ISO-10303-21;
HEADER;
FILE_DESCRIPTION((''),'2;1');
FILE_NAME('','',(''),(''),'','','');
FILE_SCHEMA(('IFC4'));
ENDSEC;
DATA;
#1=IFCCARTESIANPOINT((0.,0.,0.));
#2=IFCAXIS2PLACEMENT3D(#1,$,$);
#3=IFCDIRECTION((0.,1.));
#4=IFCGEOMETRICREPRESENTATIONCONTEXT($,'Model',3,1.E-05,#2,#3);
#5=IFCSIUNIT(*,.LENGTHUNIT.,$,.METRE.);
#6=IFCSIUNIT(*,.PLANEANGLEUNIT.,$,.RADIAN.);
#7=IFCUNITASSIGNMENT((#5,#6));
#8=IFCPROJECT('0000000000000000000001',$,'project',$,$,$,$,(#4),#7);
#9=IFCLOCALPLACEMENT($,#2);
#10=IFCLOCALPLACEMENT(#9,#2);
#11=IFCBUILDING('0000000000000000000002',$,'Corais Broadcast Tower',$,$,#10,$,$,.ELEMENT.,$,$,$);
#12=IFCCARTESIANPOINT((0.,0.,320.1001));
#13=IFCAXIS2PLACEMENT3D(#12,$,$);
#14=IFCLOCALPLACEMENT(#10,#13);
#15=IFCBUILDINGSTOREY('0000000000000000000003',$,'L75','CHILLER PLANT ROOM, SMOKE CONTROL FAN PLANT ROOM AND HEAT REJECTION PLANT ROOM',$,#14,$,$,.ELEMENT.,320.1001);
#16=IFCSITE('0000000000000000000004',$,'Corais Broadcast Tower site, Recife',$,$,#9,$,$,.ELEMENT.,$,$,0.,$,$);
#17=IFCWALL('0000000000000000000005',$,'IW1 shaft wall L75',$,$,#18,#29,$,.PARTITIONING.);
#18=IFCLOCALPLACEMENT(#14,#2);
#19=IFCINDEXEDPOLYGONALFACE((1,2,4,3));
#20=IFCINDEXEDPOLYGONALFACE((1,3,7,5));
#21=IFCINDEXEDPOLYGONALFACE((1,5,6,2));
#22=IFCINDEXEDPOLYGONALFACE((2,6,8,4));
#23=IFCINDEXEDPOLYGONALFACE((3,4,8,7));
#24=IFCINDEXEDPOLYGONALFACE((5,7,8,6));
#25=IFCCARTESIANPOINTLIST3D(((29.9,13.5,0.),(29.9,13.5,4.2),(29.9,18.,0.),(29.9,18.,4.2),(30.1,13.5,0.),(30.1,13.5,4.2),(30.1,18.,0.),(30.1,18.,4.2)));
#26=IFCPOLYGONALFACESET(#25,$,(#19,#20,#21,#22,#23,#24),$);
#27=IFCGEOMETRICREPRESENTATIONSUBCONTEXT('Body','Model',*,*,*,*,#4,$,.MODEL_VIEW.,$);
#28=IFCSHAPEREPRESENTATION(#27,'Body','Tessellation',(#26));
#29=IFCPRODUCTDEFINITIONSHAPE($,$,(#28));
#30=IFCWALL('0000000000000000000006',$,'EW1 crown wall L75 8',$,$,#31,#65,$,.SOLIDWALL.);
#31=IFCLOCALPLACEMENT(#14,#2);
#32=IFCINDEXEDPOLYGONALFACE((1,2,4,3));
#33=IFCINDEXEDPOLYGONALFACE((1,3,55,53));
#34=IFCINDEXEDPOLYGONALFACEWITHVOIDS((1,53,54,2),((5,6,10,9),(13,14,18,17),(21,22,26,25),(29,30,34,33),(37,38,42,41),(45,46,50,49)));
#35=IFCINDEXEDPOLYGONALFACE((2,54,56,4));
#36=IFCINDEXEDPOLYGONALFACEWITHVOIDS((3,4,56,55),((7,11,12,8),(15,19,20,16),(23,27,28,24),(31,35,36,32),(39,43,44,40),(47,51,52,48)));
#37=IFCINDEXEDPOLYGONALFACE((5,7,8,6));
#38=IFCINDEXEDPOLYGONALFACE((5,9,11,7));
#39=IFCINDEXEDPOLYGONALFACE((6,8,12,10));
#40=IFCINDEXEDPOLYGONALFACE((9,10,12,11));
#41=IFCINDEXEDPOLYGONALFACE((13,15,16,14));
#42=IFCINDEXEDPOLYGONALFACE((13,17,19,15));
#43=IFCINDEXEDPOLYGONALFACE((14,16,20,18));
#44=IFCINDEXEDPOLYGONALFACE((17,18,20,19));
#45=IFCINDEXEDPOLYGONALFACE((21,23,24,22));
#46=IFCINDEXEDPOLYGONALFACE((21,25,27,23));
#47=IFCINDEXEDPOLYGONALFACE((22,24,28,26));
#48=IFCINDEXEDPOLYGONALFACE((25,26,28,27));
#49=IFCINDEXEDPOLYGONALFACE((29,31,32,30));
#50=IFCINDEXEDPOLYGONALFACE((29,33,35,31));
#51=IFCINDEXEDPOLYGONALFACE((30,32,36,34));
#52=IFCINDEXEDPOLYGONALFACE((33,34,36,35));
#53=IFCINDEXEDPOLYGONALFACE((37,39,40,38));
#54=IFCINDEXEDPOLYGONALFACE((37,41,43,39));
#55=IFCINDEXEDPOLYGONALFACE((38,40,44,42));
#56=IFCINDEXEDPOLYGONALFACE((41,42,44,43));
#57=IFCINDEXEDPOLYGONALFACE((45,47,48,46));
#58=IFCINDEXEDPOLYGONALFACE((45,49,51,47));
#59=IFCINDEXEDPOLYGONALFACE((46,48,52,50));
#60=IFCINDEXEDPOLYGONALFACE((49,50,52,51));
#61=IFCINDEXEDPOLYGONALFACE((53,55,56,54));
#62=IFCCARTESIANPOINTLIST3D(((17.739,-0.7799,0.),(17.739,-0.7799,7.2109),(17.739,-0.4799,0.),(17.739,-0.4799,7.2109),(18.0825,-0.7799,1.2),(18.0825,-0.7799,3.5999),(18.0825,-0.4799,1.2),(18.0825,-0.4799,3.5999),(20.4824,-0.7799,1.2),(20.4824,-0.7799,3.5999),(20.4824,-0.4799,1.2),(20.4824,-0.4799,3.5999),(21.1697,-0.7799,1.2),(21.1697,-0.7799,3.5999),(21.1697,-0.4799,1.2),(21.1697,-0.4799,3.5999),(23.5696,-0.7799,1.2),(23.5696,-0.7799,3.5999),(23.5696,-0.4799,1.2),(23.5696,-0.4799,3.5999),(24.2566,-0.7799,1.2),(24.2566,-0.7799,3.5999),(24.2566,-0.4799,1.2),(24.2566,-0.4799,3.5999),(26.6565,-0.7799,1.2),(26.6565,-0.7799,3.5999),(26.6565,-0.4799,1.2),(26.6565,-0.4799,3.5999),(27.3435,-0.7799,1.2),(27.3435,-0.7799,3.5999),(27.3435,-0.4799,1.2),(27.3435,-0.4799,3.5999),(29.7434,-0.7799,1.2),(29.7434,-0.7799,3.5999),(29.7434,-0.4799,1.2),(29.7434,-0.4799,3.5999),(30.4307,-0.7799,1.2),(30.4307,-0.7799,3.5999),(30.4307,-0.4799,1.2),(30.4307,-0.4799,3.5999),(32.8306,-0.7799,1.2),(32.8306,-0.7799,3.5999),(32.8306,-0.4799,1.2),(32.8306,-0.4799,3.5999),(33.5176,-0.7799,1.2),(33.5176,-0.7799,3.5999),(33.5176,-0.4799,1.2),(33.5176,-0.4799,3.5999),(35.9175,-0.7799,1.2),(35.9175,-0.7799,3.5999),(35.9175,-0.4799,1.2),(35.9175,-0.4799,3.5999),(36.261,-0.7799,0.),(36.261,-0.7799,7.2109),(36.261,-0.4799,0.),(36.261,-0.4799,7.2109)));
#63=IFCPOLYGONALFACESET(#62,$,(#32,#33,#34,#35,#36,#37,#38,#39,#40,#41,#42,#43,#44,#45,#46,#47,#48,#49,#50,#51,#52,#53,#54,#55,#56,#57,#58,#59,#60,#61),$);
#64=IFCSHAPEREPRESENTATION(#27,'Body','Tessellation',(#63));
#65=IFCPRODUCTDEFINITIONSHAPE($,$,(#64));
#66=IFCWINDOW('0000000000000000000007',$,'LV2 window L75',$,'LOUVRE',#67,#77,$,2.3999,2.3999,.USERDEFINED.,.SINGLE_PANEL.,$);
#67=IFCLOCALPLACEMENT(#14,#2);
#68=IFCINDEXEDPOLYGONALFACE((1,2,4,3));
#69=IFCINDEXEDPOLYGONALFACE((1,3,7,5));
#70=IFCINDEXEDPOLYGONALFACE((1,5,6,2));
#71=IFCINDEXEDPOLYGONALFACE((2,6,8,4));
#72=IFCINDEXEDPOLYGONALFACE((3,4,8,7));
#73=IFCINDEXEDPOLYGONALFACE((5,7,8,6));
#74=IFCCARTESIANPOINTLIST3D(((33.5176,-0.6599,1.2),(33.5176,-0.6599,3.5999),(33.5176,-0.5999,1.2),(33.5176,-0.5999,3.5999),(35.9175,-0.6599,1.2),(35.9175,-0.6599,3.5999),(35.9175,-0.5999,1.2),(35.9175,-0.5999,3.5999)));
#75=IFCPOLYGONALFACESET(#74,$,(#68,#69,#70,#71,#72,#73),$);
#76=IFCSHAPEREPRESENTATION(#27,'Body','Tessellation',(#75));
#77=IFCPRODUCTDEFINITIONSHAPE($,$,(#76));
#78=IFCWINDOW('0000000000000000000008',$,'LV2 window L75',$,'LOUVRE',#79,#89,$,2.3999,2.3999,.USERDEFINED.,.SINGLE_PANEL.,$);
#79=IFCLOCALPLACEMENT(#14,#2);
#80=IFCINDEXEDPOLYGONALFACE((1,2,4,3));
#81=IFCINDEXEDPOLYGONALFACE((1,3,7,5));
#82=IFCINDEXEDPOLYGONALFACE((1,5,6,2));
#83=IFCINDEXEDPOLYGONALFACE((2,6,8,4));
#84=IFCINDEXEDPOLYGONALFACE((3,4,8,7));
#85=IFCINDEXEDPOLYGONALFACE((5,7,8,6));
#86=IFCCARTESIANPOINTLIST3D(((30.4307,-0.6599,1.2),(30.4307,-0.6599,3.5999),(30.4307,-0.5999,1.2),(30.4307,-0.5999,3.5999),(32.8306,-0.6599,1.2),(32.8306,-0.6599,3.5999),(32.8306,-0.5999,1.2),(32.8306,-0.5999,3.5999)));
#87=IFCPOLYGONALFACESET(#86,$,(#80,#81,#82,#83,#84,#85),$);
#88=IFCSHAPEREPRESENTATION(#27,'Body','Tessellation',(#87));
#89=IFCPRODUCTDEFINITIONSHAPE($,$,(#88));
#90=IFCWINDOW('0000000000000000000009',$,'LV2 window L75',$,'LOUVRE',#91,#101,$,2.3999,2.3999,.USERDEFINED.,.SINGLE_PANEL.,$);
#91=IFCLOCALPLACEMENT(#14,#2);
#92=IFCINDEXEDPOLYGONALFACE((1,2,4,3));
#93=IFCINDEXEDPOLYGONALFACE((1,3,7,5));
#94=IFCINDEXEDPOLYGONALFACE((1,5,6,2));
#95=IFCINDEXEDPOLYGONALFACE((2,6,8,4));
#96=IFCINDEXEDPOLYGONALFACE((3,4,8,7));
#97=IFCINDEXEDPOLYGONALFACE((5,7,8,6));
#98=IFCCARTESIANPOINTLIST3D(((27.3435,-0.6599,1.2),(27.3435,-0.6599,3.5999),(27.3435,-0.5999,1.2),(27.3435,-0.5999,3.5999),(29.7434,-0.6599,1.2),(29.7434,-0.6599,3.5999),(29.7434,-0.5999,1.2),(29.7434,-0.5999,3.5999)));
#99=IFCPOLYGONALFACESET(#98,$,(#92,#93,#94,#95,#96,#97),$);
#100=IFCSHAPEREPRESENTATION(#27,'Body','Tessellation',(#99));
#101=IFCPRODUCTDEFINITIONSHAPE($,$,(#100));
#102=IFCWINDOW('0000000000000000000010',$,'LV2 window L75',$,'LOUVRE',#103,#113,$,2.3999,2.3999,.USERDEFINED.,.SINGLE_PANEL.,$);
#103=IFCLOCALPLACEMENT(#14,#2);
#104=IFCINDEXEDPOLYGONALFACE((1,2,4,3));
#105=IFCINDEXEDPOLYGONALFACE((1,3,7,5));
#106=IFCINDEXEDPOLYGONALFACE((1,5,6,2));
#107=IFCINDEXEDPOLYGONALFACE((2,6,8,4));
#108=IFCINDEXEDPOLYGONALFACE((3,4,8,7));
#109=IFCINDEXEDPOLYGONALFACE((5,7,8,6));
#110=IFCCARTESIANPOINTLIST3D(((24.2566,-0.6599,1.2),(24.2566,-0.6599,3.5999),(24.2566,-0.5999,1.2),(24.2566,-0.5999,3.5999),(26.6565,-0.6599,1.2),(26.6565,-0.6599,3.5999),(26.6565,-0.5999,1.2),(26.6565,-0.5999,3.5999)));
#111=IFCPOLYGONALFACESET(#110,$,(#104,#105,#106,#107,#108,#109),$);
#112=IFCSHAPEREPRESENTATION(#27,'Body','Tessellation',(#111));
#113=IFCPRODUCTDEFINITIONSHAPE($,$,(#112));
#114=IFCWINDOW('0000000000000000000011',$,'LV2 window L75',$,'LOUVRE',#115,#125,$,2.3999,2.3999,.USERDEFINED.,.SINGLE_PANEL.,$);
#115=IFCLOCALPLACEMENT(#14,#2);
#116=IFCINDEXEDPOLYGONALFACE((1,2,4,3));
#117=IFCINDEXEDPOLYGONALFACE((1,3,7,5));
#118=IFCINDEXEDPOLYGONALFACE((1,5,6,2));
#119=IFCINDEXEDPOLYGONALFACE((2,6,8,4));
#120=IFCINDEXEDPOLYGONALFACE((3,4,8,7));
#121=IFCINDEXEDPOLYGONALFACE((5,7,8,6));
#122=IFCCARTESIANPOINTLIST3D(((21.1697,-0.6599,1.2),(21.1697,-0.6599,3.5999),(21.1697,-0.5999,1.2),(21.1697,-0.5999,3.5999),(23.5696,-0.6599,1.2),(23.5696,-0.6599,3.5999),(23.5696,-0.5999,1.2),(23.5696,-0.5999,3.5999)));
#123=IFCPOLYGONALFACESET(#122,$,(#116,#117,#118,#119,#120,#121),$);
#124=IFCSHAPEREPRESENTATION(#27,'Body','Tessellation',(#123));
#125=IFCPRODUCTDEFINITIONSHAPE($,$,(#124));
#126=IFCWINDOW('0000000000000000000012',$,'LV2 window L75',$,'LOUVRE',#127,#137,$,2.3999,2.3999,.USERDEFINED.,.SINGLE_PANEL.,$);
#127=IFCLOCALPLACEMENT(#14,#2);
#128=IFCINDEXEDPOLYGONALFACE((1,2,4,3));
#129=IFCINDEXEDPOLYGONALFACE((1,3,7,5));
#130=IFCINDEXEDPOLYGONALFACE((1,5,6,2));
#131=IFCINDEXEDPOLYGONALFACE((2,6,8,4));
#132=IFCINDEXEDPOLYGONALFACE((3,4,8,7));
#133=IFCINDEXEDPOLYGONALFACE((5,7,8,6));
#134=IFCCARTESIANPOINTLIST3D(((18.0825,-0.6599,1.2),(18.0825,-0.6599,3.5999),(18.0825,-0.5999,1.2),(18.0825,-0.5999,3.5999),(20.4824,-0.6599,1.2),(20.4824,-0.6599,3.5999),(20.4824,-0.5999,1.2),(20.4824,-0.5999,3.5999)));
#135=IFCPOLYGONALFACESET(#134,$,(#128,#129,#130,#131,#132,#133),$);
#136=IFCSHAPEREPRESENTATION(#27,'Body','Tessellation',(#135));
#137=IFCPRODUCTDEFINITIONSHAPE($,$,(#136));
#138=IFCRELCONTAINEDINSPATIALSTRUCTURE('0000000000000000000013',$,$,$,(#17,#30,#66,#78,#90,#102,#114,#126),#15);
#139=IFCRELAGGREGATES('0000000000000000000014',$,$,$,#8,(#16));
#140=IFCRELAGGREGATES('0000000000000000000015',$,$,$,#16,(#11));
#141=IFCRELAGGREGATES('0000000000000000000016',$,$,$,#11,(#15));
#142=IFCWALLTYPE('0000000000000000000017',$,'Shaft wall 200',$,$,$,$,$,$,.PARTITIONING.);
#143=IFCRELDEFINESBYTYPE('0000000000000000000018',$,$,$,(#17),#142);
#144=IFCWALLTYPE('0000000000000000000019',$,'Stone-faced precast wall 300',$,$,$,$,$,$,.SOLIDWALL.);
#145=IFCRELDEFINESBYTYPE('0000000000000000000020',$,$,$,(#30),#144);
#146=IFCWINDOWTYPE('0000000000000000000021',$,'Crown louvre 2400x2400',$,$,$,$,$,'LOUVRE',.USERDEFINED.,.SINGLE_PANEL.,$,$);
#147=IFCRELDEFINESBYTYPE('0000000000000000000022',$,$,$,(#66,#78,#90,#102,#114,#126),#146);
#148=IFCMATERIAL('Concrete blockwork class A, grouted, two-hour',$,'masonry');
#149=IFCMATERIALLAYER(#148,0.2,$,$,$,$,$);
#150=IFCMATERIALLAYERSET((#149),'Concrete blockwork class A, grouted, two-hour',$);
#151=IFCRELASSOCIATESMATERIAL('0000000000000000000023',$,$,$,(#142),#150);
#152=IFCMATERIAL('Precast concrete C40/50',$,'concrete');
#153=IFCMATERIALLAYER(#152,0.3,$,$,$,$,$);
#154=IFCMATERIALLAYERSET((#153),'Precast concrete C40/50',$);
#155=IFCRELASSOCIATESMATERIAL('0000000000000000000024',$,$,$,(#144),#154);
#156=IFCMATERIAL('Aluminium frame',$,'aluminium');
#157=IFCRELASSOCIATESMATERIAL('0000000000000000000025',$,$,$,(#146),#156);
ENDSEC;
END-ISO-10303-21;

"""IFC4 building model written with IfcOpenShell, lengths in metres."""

from ifc_helpers import new_model, si_unit, direction, frame, frame_2d, origin, place, context, subcontext, project, spatial, rectangle, extrude, material, layer, layer_set, type_object, element, fill, save


model = new_model("IFC4")

# Units and contexts
model_context = context("Model", 3, precision=1e-05, world=origin(), true_north=direction((0.0, 1.0)))
body_context = subcontext(model_context, "Body", "Model", "MODEL_VIEW")
ifc_project = project(units=[si_unit("LENGTHUNIT", "METRE"), si_unit("PLANEANGLEUNIT", "RADIAN")], contexts=[model_context])

# Site, building, storey
site_placement = place(None, origin())
site = spatial("IfcSite", under=ifc_project, at=site_placement, Name="Corais Broadcast Tower site, Recife", CompositionType="ELEMENT", RefElevation=0.0)
building_placement = place(site_placement, origin())
building = spatial("IfcBuilding", under=site, at=building_placement, Name="Corais Broadcast Tower", CompositionType="ELEMENT")
storey_placement = place(building_placement, frame((0.0, 0.0, 320.1001)))
storey = spatial("IfcBuildingStorey", under=building, at=storey_placement, Name="L75", Description="CHILLER PLANT ROOM, SMOKE CONTROL FAN PLANT ROOM AND HEAT REJECTION PLANT ROOM", CompositionType="ELEMENT", Elevation=320.1001)

# Wall
ifc_material_1 = material(Name="Concrete blockwork class A, grouted, two-hour", Category="masonry")
ifc_layer_1 = layer(ifc_material_1, 0.2)
ifc_layer_set_1 = layer_set([ifc_layer_1], Name="Concrete blockwork class A, grouted, two-hour")
wall_type_1 = type_object("IfcWallType", Name="Shaft wall 200", PredefinedType="PARTITIONING", material=ifc_layer_set_1)
for number, where, z_axis, x_axis, name in (
    (1, (30.0, 13.5, 0.0), (0.0, 0.0, 1.0), (0.0, 1.0, 0.0), "IW1 shaft wall L75"),
):
    element("IfcWall", number, at=place(storey_placement, frame(where, z_axis=z_axis, x_axis=x_axis)), inside=storey, type_object=wall_type_1, Name=name, PredefinedType="PARTITIONING", context=body_context, shape_type="SweptSolid", body=[
        extrude(rectangle(XDim=4.5, YDim=0.2, at=frame_2d((2.25, 0.0))), origin(), (0.0, 0.0, 1.0), 4.2),
    ])

# Wall, openings, windows
ifc_material_2 = material(Name="Precast concrete C40/50", Category="concrete")
ifc_layer_2 = layer(ifc_material_2, 0.3)
ifc_layer_set_2 = layer_set([ifc_layer_2], Name="Precast concrete C40/50")
wall_type_2 = type_object("IfcWallType", Name="Stone-faced precast wall 300", PredefinedType="SOLIDWALL", material=ifc_layer_set_2)
wall_1_placement = place(storey_placement, frame((36.261, -0.6299, 0.0), z_axis=(0.0, 0.0, 1.0), x_axis=(-1.0, 0.0, 0.0)))
wall_1 = element("IfcWall", 2, at=wall_1_placement, inside=storey, type_object=wall_type_2, Name="EW1 crown wall L75 8", PredefinedType="SOLIDWALL", context=body_context, shape_type="SweptSolid", body=[
    extrude(rectangle(XDim=18.522, YDim=0.3, at=frame_2d((9.261, 0.0))), origin(), (0.0, 0.0, 1.0), 7.2109),
])
opening_1_placement = place(wall_1_placement, frame((0.3435, 0.0, 1.2)))
opening_1 = element("IfcOpeningElement", 3, at=opening_1_placement, cuts=wall_1, PredefinedType="OPENING", context=body_context, shape_type="SweptSolid", body=[
    extrude(rectangle(XDim=2.3999, YDim=2.3999, at=frame_2d((1.2, 1.2))), frame((0.0, 0.1599, 0.0), z_axis=(0.0, -1.0, 0.0), x_axis=(1.0, 0.0, 0.0)), (0.0, 0.0, 1.0), 0.3201),
])
opening_2_placement = place(wall_1_placement, frame((3.4304, 0.0, 1.2)))
opening_2 = element("IfcOpeningElement", 4, at=opening_2_placement, cuts=wall_1, PredefinedType="OPENING", context=body_context, shape_type="SweptSolid", body=[
    extrude(rectangle(XDim=2.3999, YDim=2.3999, at=frame_2d((1.2, 1.2))), frame((0.0, 0.1599, 0.0), z_axis=(0.0, -1.0, 0.0), x_axis=(1.0, 0.0, 0.0)), (0.0, 0.0, 1.0), 0.3201),
])
opening_3_placement = place(wall_1_placement, frame((6.5176, 0.0, 1.2)))
opening_3 = element("IfcOpeningElement", 5, at=opening_3_placement, cuts=wall_1, PredefinedType="OPENING", context=body_context, shape_type="SweptSolid", body=[
    extrude(rectangle(XDim=2.3999, YDim=2.3999, at=frame_2d((1.2, 1.2))), frame((0.0, 0.1599, 0.0), z_axis=(0.0, -1.0, 0.0), x_axis=(1.0, 0.0, 0.0)), (0.0, 0.0, 1.0), 0.3201),
])
opening_4_placement = place(wall_1_placement, frame((9.6045, 0.0, 1.2)))
opening_4 = element("IfcOpeningElement", 6, at=opening_4_placement, cuts=wall_1, PredefinedType="OPENING", context=body_context, shape_type="SweptSolid", body=[
    extrude(rectangle(XDim=2.3999, YDim=2.3999, at=frame_2d((1.2, 1.2))), frame((0.0, 0.1599, 0.0), z_axis=(0.0, -1.0, 0.0), x_axis=(1.0, 0.0, 0.0)), (0.0, 0.0, 1.0), 0.3201),
])
opening_5_placement = place(wall_1_placement, frame((12.6914, 0.0, 1.2)))
opening_5 = element("IfcOpeningElement", 7, at=opening_5_placement, cuts=wall_1, PredefinedType="OPENING", context=body_context, shape_type="SweptSolid", body=[
    extrude(rectangle(XDim=2.3999, YDim=2.3999, at=frame_2d((1.2, 1.2))), frame((0.0, 0.1599, 0.0), z_axis=(0.0, -1.0, 0.0), x_axis=(1.0, 0.0, 0.0)), (0.0, 0.0, 1.0), 0.3201),
])
opening_6_placement = place(wall_1_placement, frame((15.7786, 0.0, 1.2)))
opening_6 = element("IfcOpeningElement", 8, at=opening_6_placement, cuts=wall_1, PredefinedType="OPENING", context=body_context, shape_type="SweptSolid", body=[
    extrude(rectangle(XDim=2.3999, YDim=2.3999, at=frame_2d((1.2, 1.2))), frame((0.0, 0.1599, 0.0), z_axis=(0.0, -1.0, 0.0), x_axis=(1.0, 0.0, 0.0)), (0.0, 0.0, 1.0), 0.3201),
])
ifc_material_3 = material(Name="Aluminium frame", Category="aluminium")
window_type = type_object("IfcWindowType", Name="Crown louvre 2400x2400", ElementType="LOUVRE", PartitioningType="SINGLE_PANEL", PredefinedType="USERDEFINED", material=ifc_material_3)
window_1_placement = place(opening_1_placement, origin())
window_1 = element("IfcWindow", 9, at=window_1_placement, inside=storey, type_object=window_type, Name="LV2 window L75", ObjectType="LOUVRE", OverallHeight=2.3999, OverallWidth=2.3999, PartitioningType="SINGLE_PANEL", PredefinedType="USERDEFINED", context=body_context, shape_type="SweptSolid", body=[
    extrude(rectangle(XDim=2.3999, YDim=2.3999, at=frame_2d((1.2, 1.2))), frame((0.0, 0.03, 0.0), z_axis=(0.0, -1.0, 0.0), x_axis=(1.0, 0.0, 0.0)), (0.0, 0.0, 1.0), 0.0601),
])
fill(opening_1, window_1)
window_2_placement = place(opening_2_placement, origin())
window_2 = element("IfcWindow", 10, at=window_2_placement, inside=storey, type_object=window_type, Name="LV2 window L75", ObjectType="LOUVRE", OverallHeight=2.3999, OverallWidth=2.3999, PartitioningType="SINGLE_PANEL", PredefinedType="USERDEFINED", context=body_context, shape_type="SweptSolid", body=[
    extrude(rectangle(XDim=2.3999, YDim=2.3999, at=frame_2d((1.2, 1.2))), frame((0.0, 0.03, 0.0), z_axis=(0.0, -1.0, 0.0), x_axis=(1.0, 0.0, 0.0)), (0.0, 0.0, 1.0), 0.0601),
])
fill(opening_2, window_2)
window_3_placement = place(opening_3_placement, origin())
window_3 = element("IfcWindow", 11, at=window_3_placement, inside=storey, type_object=window_type, Name="LV2 window L75", ObjectType="LOUVRE", OverallHeight=2.3999, OverallWidth=2.3999, PartitioningType="SINGLE_PANEL", PredefinedType="USERDEFINED", context=body_context, shape_type="SweptSolid", body=[
    extrude(rectangle(XDim=2.3999, YDim=2.3999, at=frame_2d((1.2, 1.2))), frame((0.0, 0.03, 0.0), z_axis=(0.0, -1.0, 0.0), x_axis=(1.0, 0.0, 0.0)), (0.0, 0.0, 1.0), 0.0601),
])
fill(opening_3, window_3)
window_4_placement = place(opening_4_placement, origin())
window_4 = element("IfcWindow", 12, at=window_4_placement, inside=storey, type_object=window_type, Name="LV2 window L75", ObjectType="LOUVRE", OverallHeight=2.3999, OverallWidth=2.3999, PartitioningType="SINGLE_PANEL", PredefinedType="USERDEFINED", context=body_context, shape_type="SweptSolid", body=[
    extrude(rectangle(XDim=2.3999, YDim=2.3999, at=frame_2d((1.2, 1.2))), frame((0.0, 0.03, 0.0), z_axis=(0.0, -1.0, 0.0), x_axis=(1.0, 0.0, 0.0)), (0.0, 0.0, 1.0), 0.0601),
])
fill(opening_4, window_4)
window_5_placement = place(opening_5_placement, origin())
window_5 = element("IfcWindow", 13, at=window_5_placement, inside=storey, type_object=window_type, Name="LV2 window L75", ObjectType="LOUVRE", OverallHeight=2.3999, OverallWidth=2.3999, PartitioningType="SINGLE_PANEL", PredefinedType="USERDEFINED", context=body_context, shape_type="SweptSolid", body=[
    extrude(rectangle(XDim=2.3999, YDim=2.3999, at=frame_2d((1.2, 1.2))), frame((0.0, 0.03, 0.0), z_axis=(0.0, -1.0, 0.0), x_axis=(1.0, 0.0, 0.0)), (0.0, 0.0, 1.0), 0.0601),
])
fill(opening_5, window_5)
window_6_placement = place(opening_6_placement, origin())
window_6 = element("IfcWindow", 14, at=window_6_placement, inside=storey, type_object=window_type, Name="LV2 window L75", ObjectType="LOUVRE", OverallHeight=2.3999, OverallWidth=2.3999, PartitioningType="SINGLE_PANEL", PredefinedType="USERDEFINED", context=body_context, shape_type="SweptSolid", body=[
    extrude(rectangle(XDim=2.3999, YDim=2.3999, at=frame_2d((1.2, 1.2))), frame((0.0, 0.03, 0.0), z_axis=(0.0, -1.0, 0.0), x_axis=(1.0, 0.0, 0.0)), (0.0, 0.0, 1.0), 0.0601),
])
fill(opening_6, window_6)

save(model, "model.ifc")
